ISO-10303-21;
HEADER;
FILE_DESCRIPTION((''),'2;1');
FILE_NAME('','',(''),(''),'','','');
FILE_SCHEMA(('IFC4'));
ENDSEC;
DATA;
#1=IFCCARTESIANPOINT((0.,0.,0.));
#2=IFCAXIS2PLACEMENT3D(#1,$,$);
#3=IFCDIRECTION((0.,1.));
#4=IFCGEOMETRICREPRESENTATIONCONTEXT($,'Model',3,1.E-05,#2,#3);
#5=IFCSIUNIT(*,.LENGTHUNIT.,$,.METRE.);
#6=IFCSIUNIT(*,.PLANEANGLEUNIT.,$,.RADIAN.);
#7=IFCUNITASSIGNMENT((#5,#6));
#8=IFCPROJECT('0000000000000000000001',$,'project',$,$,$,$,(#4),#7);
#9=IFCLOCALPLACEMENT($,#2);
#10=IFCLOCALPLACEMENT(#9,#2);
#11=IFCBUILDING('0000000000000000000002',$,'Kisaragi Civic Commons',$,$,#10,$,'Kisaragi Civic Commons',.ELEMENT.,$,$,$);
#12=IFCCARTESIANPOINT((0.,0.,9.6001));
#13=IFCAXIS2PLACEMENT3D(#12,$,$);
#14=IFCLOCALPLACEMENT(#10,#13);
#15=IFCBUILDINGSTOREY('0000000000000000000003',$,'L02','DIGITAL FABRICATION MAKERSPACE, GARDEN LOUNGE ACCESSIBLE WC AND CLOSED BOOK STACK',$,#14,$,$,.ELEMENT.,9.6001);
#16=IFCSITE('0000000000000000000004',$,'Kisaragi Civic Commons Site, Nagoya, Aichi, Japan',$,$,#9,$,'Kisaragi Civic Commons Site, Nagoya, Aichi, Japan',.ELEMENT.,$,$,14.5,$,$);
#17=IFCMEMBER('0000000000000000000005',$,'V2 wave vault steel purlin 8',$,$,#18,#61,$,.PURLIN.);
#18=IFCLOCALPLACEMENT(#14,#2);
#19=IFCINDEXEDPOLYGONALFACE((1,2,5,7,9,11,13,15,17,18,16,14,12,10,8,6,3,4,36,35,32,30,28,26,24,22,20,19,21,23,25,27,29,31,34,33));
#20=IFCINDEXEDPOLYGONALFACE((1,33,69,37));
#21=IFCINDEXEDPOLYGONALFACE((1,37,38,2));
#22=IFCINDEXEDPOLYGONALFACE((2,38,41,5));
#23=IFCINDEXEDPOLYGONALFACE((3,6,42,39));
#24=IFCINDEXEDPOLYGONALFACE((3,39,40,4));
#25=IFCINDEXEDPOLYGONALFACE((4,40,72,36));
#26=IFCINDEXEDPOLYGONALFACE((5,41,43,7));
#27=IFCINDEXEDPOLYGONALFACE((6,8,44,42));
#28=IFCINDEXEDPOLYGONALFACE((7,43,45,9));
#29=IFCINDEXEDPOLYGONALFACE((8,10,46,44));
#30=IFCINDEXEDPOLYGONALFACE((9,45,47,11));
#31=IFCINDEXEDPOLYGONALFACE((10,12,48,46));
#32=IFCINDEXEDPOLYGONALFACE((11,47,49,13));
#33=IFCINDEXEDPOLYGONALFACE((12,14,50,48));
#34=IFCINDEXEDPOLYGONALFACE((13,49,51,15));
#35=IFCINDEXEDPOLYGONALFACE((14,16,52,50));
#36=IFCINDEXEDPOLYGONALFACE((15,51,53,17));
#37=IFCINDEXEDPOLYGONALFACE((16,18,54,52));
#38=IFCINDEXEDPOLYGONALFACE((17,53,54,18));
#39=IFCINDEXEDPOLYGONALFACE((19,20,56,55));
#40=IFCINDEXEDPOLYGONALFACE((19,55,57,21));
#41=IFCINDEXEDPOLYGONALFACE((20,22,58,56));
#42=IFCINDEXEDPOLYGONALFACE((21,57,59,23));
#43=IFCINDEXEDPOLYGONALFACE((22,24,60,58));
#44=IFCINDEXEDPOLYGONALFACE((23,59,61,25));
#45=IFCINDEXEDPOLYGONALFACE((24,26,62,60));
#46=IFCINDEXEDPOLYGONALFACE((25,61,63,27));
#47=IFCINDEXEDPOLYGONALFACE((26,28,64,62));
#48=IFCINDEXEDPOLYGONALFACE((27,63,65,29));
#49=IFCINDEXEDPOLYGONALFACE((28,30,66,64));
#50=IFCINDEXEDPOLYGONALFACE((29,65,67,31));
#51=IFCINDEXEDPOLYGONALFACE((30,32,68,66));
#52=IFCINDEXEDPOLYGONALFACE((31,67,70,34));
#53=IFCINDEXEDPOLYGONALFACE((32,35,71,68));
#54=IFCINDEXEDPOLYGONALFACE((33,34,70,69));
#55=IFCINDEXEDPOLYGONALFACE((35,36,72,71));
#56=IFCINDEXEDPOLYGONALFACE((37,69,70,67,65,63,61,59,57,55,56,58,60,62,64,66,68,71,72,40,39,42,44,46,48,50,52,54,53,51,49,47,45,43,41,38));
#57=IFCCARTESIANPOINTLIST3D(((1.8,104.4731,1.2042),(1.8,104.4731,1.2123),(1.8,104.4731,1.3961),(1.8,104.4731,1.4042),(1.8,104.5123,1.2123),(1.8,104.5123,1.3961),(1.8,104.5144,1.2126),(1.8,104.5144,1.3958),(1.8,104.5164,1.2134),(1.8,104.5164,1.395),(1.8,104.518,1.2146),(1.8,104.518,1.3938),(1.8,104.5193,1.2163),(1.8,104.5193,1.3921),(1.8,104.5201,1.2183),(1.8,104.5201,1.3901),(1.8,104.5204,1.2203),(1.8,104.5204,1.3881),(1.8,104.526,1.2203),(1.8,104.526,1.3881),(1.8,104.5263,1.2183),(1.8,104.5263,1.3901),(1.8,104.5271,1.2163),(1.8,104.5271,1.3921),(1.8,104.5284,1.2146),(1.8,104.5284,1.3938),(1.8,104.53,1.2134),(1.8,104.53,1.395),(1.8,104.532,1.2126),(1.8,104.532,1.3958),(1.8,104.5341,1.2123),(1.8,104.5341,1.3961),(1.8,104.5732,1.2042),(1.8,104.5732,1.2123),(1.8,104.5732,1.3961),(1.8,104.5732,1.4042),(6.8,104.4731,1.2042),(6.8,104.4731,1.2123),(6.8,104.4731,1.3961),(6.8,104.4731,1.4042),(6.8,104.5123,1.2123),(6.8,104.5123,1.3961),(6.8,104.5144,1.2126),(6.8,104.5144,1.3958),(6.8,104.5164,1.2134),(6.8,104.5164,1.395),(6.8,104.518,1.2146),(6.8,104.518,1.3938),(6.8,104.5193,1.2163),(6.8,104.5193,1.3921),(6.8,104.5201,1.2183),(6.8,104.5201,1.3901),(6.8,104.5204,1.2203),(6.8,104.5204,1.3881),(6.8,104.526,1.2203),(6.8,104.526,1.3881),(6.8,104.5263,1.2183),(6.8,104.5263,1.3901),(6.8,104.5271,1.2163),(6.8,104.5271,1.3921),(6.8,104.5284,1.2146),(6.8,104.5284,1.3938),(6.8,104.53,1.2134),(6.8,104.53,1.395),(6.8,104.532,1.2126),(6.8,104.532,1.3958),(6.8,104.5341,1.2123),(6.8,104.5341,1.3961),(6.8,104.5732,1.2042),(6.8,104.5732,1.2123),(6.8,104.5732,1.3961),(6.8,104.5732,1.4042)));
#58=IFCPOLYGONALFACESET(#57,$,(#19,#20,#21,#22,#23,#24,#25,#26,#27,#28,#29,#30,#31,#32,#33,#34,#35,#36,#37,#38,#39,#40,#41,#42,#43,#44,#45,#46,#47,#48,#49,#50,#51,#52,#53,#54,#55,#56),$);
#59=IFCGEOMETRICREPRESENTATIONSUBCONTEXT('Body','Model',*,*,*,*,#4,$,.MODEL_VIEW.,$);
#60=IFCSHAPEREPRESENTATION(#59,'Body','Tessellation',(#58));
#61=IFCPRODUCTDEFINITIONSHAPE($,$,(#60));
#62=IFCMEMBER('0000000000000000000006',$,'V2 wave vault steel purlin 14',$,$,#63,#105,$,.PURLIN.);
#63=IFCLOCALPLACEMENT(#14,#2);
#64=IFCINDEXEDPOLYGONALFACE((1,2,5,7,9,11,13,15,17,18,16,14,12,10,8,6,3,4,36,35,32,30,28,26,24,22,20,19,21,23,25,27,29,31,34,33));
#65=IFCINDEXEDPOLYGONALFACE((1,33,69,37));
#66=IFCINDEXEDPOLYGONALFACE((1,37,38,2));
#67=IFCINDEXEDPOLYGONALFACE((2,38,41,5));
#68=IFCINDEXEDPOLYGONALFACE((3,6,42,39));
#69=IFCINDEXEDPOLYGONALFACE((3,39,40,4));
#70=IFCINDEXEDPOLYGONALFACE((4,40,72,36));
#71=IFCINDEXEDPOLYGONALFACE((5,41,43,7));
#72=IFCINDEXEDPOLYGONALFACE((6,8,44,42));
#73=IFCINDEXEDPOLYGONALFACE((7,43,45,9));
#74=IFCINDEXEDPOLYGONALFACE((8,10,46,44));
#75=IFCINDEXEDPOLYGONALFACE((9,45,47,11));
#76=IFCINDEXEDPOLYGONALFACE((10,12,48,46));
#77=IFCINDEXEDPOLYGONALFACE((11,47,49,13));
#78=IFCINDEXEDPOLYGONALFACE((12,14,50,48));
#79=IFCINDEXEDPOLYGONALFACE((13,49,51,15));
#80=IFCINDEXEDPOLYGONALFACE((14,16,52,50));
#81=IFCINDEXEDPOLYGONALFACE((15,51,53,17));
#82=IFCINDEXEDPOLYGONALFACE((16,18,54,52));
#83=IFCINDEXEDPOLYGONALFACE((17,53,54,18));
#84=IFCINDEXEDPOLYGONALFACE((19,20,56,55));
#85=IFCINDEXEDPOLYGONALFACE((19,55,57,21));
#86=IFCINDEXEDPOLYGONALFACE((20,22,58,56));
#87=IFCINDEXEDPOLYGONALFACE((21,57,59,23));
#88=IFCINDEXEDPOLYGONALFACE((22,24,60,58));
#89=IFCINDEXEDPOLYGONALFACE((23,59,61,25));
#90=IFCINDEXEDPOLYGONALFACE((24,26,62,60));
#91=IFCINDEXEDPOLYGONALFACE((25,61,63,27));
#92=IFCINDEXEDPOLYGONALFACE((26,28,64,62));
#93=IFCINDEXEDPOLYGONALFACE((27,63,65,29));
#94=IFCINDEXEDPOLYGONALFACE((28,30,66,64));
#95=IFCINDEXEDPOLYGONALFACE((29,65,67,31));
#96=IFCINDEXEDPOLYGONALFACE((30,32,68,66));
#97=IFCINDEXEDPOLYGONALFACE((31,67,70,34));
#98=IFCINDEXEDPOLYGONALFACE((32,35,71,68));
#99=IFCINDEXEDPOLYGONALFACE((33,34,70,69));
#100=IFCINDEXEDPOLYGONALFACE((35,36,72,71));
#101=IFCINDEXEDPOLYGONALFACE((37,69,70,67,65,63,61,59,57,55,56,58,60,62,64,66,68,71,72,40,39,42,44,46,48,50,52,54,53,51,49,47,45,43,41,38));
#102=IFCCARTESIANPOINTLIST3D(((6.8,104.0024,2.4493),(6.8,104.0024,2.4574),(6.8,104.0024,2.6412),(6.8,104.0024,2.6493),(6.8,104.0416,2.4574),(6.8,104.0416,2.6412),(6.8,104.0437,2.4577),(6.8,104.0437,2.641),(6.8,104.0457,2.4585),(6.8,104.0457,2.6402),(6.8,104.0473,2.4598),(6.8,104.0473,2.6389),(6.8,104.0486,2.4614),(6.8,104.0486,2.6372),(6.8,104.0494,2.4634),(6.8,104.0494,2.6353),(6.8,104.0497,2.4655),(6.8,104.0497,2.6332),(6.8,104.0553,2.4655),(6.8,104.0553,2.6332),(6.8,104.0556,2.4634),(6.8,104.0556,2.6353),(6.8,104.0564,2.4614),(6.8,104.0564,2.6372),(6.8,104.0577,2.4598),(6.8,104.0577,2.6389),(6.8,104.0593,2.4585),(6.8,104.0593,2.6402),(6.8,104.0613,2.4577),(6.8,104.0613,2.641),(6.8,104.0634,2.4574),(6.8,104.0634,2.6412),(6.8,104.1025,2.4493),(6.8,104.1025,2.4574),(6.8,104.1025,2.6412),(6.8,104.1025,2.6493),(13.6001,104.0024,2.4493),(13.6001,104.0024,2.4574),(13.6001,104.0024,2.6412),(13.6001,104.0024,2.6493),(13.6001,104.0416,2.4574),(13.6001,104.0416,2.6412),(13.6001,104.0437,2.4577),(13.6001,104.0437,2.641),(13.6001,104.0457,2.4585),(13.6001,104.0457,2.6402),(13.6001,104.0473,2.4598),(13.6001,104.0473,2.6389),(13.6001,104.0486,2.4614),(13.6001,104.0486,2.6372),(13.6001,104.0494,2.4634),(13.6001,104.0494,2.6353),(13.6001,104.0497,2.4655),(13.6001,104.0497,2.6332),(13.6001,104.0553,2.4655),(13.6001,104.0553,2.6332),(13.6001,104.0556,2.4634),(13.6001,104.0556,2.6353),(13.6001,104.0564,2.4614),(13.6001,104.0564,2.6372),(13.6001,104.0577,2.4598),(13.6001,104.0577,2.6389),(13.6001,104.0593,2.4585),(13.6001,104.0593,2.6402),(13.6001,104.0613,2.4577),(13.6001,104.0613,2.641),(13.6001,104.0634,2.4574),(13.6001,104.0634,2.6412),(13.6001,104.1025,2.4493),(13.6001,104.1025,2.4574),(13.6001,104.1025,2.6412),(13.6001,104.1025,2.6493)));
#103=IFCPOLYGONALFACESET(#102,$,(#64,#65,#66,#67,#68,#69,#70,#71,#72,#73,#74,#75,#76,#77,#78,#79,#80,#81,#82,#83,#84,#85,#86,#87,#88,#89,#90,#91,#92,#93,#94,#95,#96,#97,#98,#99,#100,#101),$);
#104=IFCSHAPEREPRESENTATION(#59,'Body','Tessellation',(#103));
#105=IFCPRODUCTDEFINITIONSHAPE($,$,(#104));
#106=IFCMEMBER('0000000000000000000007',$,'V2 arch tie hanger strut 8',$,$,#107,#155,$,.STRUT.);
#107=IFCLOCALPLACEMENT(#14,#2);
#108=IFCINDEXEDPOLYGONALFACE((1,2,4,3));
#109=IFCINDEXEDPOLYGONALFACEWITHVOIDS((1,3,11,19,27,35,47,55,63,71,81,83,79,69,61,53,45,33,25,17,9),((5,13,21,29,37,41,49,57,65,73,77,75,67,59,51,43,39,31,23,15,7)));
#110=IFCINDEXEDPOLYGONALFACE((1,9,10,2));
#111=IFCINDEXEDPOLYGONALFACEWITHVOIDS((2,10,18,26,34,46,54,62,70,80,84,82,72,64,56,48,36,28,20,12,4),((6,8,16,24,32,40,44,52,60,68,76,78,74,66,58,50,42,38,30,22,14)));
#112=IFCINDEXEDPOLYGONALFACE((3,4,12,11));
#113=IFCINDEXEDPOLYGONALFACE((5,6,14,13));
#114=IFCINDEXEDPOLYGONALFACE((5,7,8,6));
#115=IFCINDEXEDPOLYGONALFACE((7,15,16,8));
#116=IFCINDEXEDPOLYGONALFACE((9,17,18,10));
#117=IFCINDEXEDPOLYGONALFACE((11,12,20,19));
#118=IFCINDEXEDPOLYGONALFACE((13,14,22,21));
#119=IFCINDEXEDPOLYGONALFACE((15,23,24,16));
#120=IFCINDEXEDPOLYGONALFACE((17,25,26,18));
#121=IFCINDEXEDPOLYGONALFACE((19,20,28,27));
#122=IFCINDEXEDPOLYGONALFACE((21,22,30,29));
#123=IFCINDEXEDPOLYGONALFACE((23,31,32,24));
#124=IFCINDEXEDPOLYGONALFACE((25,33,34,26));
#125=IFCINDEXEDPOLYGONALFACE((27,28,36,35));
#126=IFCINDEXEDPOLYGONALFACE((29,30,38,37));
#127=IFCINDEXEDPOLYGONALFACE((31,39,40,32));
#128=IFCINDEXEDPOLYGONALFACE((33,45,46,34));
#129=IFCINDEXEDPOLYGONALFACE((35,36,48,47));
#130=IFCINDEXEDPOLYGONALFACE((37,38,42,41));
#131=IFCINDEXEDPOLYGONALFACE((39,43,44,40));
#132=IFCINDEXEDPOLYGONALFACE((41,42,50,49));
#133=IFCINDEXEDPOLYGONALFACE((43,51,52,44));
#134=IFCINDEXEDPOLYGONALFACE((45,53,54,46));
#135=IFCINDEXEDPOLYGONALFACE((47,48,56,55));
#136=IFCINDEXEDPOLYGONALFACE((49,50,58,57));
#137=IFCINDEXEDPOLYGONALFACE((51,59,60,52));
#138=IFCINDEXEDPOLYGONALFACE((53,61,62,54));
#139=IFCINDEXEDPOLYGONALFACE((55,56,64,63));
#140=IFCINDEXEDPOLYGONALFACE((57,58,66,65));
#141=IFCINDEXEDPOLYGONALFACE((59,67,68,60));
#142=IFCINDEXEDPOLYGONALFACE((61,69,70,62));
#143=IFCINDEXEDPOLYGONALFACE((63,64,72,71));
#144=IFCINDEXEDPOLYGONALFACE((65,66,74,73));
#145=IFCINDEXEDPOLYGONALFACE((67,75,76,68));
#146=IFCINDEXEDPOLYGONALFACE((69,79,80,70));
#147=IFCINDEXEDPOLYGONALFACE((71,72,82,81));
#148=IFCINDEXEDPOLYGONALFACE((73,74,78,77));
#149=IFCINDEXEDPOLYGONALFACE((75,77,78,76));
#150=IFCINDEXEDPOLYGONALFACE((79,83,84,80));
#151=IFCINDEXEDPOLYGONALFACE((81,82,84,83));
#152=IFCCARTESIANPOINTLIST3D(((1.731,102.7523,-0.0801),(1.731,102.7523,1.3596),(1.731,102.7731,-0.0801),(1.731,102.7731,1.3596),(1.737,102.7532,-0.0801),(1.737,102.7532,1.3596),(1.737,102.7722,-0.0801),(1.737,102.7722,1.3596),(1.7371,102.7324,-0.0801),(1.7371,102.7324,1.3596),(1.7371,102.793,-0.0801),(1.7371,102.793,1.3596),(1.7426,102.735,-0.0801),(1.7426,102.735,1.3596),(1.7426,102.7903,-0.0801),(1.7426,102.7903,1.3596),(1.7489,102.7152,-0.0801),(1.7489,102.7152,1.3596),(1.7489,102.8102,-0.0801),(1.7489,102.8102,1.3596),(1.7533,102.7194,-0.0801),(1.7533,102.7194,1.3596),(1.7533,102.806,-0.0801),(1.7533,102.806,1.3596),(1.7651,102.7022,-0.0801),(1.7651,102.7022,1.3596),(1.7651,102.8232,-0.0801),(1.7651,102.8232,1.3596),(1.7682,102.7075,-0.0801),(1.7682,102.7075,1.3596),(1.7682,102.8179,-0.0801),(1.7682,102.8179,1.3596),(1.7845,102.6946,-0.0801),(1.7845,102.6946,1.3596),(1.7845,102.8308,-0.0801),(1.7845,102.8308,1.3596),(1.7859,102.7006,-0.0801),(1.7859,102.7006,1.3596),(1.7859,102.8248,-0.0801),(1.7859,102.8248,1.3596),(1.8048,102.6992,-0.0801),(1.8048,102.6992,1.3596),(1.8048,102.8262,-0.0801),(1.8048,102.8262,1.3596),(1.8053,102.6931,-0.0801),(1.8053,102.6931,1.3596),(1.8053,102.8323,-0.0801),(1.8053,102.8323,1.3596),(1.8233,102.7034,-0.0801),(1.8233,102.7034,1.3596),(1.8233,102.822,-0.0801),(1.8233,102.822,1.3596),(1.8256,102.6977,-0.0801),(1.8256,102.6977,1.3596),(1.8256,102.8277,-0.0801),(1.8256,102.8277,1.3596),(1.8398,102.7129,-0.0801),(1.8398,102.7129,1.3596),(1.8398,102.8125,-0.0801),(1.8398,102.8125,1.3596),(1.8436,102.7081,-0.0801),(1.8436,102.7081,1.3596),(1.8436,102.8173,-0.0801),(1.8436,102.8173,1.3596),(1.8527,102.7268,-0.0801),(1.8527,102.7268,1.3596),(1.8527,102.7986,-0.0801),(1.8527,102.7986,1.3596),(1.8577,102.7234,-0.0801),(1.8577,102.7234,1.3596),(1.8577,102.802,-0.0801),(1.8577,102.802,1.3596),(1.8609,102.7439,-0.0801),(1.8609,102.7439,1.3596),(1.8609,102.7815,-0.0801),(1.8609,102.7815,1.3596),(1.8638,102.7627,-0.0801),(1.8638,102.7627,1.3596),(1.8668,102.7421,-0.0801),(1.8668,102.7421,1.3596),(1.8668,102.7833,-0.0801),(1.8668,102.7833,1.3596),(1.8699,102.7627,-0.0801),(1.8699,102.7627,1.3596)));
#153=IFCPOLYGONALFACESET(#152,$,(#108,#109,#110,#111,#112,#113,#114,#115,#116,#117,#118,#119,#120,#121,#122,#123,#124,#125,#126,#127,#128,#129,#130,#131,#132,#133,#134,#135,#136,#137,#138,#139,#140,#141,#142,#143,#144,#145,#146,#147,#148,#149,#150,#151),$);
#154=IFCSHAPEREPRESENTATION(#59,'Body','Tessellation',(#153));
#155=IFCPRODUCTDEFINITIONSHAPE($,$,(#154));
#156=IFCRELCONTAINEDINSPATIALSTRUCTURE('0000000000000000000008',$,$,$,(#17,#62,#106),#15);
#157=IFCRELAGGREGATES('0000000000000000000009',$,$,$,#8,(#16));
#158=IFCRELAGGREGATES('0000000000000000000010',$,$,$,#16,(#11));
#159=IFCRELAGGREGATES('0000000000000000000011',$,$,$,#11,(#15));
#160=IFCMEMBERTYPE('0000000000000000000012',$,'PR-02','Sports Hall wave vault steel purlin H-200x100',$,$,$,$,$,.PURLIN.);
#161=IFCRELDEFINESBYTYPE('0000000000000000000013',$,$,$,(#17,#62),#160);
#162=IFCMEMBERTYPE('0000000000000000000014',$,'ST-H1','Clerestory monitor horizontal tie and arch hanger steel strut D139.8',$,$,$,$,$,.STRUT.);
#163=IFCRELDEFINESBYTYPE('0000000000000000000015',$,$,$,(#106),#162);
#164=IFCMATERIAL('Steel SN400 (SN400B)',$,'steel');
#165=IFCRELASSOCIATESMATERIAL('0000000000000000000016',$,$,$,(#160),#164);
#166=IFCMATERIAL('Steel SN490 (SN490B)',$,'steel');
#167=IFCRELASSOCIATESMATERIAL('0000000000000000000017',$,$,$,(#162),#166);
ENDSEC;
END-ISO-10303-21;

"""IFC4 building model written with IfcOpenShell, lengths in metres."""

from ifc_helpers import new_model, si_unit, direction, frame, origin, origin_2d, place, context, subcontext, project, spatial, hollow_circle, i_section, extrude, material, material_profile, profile_set, type_object, element, save


model = new_model("IFC4")

# Units and contexts
model_context = context("Model", 3, precision=1e-05, world=origin(), true_north=direction((0.0, 1.0)))
body_context = subcontext(model_context, "Body", "Model", "MODEL_VIEW")
ifc_project = project(units=[si_unit("LENGTHUNIT", "METRE"), si_unit("PLANEANGLEUNIT", "RADIAN")], contexts=[model_context])

# Site, building, storey
site_placement = place(None, origin())
site = spatial("IfcSite", under=ifc_project, at=site_placement, Name="Kisaragi Civic Commons Site, Nagoya, Aichi, Japan", LongName="Kisaragi Civic Commons Site, Nagoya, Aichi, Japan", CompositionType="ELEMENT", RefElevation=14.5)
building_placement = place(site_placement, origin())
building = spatial("IfcBuilding", under=site, at=building_placement, Name="Kisaragi Civic Commons", LongName="Kisaragi Civic Commons", CompositionType="ELEMENT")
storey_placement = place(building_placement, frame((0.0, 0.0, 9.6001)))
storey = spatial("IfcBuildingStorey", under=building, at=storey_placement, Name="L02", Description="DIGITAL FABRICATION MAKERSPACE, GARDEN LOUNGE ACCESSIBLE WC AND CLOSED BOOK STACK", CompositionType="ELEMENT", Elevation=9.6001)

# Shared definitions
ifc_material_1 = material(Name="Steel SN490 (SN490B)", Category="steel")

# Members
ifc_material_2 = material(Name="Steel SN400 (SN400B)", Category="steel")
ifc_material_profile_1 = material_profile(ifc_material_2, i_section(OverallWidth=0.1001, OverallDepth=0.2, WebThickness=0.0056, FlangeThickness=0.0081, FilletRadius=0.0081, at=origin_2d()), Name="H-200x100x5.5x8", Category="steel")
ifc_profile_set_1 = profile_set([ifc_material_profile_1], Name="Steel SN400 (SN400B)")
member_type_1 = type_object("IfcMemberType", Name="PR-02", Description="Sports Hall wave vault steel purlin H-200x100", PredefinedType="PURLIN", material=ifc_profile_set_1)
member_1_placement = place(storey_placement, frame((1.8, 104.5232, 1.3042), z_axis=(1.0, 0.0, 0.0), x_axis=(0.0, 1.0, 0.0)))
element("IfcMember", 1, at=member_1_placement, inside=storey, type_object=member_type_1, Name="V2 wave vault steel purlin 8", PredefinedType="PURLIN", context=body_context, shape_type="SweptSolid", body=[
    extrude(i_section(OverallWidth=0.1001, OverallDepth=0.2, WebThickness=0.0056, FlangeThickness=0.0081, FilletRadius=0.0081, at=origin_2d()), origin(), (0.0, 0.0, 1.0), 5.0),
])
member_2_placement = place(storey_placement, frame((6.8, 104.0525, 2.5493), z_axis=(1.0, 0.0, 0.0), x_axis=(0.0, 1.0, 0.0)))
element("IfcMember", 2, at=member_2_placement, inside=storey, type_object=member_type_1, Name="V2 wave vault steel purlin 14", PredefinedType="PURLIN", context=body_context, shape_type="SweptSolid", body=[
    extrude(i_section(OverallWidth=0.1001, OverallDepth=0.2, WebThickness=0.0056, FlangeThickness=0.0081, FilletRadius=0.0081, at=origin_2d()), origin(), (0.0, 0.0, 1.0), 6.8),
])
ifc_material_profile_2 = material_profile(ifc_material_1, hollow_circle(Radius=0.0698, WallThickness=0.0061, at=origin_2d()), Name="CHS-139.8x6.0", Category="steel")
ifc_profile_set_2 = profile_set([ifc_material_profile_2], Name="Steel SN490 (SN490B)")
member_type_2 = type_object("IfcMemberType", Name="ST-H1", Description="Clerestory monitor horizontal tie and arch hanger steel strut D139.8", PredefinedType="STRUT", material=ifc_profile_set_2)
member_3_placement = place(storey_placement, frame((1.8, 102.7627, -0.0801), z_axis=(0.0, 0.0, 1.0), x_axis=(1.0, 0.0, 0.0)))
element("IfcMember", 3, at=member_3_placement, inside=storey, type_object=member_type_2, Name="V2 arch tie hanger strut 8", PredefinedType="STRUT", context=body_context, shape_type="SweptSolid", body=[
    extrude(hollow_circle(Radius=0.0698, WallThickness=0.0061, at=origin_2d()), origin(), (0.0, 0.0, 1.0), 1.4397),
])

save(model, "model.ifc")
